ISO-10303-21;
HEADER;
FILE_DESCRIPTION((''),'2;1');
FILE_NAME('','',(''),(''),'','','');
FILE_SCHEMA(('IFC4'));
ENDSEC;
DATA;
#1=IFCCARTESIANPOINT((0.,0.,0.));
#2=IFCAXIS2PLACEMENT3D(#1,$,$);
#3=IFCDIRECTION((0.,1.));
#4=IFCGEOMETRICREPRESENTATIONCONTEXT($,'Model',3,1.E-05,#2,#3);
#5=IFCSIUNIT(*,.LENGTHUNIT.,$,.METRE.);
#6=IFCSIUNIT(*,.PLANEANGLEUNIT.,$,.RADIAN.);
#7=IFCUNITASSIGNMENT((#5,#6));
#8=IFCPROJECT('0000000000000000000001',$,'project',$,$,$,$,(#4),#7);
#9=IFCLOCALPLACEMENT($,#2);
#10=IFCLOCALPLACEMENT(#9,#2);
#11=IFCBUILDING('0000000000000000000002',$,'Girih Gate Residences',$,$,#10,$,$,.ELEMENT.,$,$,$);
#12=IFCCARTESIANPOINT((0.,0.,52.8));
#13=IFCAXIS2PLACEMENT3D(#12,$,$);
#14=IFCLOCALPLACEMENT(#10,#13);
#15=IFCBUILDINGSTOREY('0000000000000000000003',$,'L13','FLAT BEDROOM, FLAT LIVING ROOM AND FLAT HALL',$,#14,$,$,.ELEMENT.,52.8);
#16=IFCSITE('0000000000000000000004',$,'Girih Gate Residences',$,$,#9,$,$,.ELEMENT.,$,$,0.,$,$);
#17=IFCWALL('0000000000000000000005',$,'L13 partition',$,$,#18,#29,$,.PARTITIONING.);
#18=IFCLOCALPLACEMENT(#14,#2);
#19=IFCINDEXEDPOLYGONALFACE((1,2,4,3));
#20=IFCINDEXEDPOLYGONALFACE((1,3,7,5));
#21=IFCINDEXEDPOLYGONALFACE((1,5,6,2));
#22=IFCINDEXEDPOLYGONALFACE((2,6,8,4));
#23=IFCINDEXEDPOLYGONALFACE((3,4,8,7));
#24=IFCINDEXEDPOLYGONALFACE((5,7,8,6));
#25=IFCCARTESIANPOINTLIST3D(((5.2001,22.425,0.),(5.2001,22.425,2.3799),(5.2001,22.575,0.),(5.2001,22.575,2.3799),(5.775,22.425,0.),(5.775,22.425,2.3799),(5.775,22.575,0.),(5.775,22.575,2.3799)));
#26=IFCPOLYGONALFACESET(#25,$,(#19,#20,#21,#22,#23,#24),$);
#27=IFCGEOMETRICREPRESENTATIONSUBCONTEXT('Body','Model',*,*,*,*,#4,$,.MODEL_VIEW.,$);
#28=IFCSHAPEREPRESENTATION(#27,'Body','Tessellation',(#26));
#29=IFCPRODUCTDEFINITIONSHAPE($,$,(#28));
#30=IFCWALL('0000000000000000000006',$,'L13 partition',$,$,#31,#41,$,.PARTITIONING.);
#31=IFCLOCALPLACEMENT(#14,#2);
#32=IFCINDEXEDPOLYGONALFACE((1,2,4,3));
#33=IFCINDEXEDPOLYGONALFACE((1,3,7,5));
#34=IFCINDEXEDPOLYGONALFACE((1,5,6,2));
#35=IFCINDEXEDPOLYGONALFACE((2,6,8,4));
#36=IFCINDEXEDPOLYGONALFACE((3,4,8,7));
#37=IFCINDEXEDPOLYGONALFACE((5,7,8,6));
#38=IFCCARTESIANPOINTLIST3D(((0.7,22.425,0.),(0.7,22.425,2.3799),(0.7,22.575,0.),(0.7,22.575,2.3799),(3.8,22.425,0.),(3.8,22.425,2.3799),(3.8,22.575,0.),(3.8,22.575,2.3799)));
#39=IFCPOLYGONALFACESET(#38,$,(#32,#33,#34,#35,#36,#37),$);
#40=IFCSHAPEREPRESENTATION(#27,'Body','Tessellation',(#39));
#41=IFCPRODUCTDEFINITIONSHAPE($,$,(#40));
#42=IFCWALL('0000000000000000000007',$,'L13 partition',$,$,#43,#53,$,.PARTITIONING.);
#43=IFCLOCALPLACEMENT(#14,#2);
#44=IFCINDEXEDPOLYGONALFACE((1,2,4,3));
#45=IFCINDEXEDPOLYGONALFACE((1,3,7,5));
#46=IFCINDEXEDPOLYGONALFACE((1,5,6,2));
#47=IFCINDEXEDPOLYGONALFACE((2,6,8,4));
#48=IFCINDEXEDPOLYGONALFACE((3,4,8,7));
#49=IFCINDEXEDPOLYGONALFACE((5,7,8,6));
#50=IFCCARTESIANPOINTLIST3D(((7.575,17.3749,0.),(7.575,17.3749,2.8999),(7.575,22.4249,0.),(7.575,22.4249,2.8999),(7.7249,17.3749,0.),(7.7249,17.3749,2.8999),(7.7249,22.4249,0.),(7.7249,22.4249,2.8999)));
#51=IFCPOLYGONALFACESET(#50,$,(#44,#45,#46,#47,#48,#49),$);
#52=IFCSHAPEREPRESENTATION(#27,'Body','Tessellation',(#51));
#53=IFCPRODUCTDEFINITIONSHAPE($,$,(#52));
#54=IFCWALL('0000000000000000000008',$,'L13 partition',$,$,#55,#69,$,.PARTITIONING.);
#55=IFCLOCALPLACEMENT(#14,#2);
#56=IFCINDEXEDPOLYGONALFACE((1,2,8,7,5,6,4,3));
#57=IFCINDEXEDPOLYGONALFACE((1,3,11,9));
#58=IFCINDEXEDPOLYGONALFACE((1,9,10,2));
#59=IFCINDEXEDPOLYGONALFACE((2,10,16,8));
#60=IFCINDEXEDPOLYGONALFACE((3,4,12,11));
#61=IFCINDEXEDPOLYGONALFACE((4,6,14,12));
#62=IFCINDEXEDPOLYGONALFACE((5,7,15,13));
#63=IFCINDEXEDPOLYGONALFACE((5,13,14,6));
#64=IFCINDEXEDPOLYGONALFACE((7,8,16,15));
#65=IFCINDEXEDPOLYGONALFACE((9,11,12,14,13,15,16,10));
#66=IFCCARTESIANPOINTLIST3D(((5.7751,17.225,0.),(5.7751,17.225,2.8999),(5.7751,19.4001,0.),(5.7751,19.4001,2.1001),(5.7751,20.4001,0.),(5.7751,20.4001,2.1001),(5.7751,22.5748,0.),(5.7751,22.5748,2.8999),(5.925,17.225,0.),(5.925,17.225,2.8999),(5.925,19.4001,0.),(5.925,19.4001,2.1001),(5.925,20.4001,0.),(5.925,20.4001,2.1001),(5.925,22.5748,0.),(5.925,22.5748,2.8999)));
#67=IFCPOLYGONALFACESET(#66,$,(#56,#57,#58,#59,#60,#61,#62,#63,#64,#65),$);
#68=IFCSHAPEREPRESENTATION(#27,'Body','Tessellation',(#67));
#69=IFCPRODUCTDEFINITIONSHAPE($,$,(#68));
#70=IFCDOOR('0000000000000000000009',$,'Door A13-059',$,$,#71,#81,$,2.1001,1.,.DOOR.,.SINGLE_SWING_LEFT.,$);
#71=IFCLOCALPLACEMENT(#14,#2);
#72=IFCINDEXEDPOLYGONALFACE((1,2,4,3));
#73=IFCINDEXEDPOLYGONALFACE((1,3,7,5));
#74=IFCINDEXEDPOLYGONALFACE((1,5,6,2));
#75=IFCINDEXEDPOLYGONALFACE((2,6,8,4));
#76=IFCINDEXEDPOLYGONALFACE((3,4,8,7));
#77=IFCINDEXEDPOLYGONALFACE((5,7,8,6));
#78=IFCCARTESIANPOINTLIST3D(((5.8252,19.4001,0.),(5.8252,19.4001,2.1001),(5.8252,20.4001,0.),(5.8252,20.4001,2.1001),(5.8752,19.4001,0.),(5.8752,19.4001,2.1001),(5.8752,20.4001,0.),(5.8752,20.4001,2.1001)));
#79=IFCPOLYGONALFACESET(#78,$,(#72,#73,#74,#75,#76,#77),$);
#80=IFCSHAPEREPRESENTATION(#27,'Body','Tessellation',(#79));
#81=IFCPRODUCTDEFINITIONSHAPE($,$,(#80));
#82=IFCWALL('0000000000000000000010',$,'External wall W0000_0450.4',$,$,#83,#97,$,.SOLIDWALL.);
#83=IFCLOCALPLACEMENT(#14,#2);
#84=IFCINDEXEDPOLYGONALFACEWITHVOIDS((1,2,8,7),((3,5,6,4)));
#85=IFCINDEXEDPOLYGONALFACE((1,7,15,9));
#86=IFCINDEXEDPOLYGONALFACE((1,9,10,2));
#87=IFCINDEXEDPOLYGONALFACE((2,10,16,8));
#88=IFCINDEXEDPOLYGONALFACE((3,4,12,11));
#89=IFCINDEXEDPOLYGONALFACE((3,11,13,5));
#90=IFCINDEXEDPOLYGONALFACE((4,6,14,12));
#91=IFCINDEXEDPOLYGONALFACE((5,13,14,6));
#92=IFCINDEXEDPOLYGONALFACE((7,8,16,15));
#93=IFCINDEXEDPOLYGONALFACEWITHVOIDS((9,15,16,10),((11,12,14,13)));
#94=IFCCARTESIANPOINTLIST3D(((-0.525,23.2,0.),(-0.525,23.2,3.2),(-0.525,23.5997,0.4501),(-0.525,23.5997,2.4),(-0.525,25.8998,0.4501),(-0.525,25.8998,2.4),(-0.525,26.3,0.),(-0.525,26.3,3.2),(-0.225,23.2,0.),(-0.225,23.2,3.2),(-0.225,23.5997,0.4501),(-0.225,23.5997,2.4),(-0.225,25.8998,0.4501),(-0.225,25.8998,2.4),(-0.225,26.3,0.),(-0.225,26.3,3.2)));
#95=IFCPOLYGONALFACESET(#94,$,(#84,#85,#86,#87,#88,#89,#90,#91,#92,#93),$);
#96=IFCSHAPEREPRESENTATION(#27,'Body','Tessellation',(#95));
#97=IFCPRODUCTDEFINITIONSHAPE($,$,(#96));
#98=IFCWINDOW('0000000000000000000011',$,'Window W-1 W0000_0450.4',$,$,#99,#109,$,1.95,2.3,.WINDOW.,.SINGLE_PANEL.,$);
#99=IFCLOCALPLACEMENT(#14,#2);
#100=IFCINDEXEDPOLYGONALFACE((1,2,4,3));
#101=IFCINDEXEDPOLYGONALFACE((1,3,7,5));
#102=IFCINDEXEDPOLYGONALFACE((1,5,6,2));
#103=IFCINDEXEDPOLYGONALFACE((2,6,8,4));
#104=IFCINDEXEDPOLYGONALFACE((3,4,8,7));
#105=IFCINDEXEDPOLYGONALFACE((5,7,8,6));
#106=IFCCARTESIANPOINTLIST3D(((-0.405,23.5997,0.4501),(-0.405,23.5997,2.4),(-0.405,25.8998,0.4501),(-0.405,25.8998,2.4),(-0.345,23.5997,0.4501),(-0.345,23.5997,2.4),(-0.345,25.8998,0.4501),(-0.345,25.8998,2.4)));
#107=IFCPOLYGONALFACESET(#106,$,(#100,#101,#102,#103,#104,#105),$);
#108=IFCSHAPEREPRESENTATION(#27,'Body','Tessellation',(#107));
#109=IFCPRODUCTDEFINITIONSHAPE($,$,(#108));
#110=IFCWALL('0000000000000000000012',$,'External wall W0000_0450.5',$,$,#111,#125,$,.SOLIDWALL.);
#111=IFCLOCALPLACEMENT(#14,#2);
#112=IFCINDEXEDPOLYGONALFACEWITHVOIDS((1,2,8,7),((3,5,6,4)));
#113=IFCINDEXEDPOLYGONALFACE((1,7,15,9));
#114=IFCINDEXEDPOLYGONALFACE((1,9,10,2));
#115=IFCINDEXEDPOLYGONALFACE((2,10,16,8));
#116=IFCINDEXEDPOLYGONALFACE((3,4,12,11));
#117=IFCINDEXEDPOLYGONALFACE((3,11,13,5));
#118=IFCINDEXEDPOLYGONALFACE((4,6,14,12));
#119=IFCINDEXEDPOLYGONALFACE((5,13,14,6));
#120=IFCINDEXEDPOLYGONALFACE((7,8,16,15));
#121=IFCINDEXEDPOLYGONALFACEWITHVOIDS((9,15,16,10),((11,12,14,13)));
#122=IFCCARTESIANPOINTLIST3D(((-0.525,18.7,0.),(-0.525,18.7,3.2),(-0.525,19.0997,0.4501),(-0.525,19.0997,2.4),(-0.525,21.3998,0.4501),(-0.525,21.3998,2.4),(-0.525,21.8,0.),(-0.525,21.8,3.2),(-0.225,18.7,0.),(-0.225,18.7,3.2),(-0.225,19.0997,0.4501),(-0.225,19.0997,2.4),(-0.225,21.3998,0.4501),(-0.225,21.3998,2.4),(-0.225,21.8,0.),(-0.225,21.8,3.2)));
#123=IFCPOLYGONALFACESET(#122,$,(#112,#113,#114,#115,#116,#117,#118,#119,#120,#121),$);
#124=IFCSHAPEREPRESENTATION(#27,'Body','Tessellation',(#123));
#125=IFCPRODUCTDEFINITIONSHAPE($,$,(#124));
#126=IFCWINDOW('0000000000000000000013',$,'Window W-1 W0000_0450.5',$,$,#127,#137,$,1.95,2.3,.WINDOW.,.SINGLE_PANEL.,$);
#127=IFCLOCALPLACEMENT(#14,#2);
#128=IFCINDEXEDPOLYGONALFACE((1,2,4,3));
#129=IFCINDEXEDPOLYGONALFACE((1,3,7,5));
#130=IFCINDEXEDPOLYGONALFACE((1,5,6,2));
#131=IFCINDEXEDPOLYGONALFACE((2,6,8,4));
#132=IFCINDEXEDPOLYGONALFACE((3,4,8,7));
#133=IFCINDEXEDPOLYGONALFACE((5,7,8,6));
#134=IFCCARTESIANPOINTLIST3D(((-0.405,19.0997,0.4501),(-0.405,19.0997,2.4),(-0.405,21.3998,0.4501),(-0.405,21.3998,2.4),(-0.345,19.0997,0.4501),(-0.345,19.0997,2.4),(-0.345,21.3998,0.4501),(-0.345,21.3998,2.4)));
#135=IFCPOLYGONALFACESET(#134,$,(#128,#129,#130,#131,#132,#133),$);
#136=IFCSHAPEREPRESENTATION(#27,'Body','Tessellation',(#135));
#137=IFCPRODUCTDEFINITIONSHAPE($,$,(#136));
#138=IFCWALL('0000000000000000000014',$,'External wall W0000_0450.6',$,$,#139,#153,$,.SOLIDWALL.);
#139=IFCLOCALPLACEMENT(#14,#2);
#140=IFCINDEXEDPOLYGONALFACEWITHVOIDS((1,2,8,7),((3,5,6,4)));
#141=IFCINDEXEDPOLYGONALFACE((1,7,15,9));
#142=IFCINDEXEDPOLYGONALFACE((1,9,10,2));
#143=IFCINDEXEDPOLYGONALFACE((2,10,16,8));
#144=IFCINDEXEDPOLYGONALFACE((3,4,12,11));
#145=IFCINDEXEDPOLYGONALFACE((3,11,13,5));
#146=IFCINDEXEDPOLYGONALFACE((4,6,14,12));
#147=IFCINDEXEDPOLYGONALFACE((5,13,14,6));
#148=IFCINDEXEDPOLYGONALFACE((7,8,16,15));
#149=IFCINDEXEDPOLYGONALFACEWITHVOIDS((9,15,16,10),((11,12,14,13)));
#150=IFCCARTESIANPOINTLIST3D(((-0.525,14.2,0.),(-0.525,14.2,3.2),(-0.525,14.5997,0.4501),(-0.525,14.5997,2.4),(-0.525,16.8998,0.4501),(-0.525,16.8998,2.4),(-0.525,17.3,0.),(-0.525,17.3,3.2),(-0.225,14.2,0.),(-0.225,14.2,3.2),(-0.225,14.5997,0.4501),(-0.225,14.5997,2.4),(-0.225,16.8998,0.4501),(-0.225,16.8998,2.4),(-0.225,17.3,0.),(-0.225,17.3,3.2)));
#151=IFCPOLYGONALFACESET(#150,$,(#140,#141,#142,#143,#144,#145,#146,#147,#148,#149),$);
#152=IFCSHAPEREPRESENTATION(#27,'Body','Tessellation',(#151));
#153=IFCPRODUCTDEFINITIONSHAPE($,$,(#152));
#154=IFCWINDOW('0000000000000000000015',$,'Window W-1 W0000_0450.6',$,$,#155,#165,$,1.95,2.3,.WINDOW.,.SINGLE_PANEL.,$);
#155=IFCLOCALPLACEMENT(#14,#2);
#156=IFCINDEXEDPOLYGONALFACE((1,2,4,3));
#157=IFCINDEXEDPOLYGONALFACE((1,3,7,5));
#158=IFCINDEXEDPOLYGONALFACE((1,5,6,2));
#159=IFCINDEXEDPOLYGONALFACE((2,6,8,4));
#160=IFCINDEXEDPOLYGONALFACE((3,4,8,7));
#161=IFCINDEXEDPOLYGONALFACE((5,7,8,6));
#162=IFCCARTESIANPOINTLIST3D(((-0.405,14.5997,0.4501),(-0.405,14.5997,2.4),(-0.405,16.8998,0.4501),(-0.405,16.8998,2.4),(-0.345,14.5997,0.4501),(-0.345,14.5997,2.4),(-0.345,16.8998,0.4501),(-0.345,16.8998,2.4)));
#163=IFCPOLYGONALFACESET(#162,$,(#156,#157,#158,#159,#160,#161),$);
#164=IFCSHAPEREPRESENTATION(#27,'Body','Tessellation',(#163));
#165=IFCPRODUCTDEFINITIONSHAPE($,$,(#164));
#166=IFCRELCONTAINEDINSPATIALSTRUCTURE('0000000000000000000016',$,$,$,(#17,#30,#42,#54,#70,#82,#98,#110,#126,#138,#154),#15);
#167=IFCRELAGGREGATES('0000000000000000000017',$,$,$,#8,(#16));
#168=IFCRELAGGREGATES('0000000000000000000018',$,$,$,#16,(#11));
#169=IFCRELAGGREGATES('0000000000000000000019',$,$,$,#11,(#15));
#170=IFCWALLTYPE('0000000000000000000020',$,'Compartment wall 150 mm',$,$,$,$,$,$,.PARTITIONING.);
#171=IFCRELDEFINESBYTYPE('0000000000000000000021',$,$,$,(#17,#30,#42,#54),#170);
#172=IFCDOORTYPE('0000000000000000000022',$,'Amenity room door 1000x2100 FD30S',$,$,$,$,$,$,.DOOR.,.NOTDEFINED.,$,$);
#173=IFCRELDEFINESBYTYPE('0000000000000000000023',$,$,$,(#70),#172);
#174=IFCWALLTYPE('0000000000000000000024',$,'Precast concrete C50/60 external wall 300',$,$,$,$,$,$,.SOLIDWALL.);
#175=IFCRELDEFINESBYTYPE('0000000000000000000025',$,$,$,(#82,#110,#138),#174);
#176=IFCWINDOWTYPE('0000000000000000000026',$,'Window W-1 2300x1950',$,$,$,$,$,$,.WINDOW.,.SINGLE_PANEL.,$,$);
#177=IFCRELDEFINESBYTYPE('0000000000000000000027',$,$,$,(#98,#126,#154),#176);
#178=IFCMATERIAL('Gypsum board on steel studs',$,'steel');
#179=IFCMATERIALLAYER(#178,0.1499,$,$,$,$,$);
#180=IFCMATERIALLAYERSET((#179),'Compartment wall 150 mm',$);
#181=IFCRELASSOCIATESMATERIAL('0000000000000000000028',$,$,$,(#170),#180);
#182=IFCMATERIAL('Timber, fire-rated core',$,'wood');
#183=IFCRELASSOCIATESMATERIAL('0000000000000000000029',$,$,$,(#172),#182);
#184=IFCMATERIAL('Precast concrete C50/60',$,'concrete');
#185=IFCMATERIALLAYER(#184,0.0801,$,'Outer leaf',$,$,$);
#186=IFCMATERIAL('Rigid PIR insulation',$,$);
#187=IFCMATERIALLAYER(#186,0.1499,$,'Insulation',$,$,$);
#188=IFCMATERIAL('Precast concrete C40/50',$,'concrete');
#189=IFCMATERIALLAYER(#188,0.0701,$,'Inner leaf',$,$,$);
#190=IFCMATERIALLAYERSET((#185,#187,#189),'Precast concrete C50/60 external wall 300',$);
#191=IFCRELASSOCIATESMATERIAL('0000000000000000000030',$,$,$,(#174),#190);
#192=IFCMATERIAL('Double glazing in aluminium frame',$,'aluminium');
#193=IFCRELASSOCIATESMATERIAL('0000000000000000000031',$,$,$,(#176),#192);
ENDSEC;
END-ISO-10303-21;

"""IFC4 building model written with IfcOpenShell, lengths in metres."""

from ifc_helpers import new_model, si_unit, direction, frame, frame_2d, origin, place, context, subcontext, project, spatial, rectangle, extrude, material, layer, layer_set, type_object, element, fill, save


model = new_model("IFC4")

# Units and contexts
model_context = context("Model", 3, precision=1e-05, world=origin(), true_north=direction((0.0, 1.0)))
body_context = subcontext(model_context, "Body", "Model", "MODEL_VIEW")
ifc_project = project(units=[si_unit("LENGTHUNIT", "METRE"), si_unit("PLANEANGLEUNIT", "RADIAN")], contexts=[model_context])

# Site, building, storey
site_placement = place(None, origin())
site = spatial("IfcSite", under=ifc_project, at=site_placement, Name="Girih Gate Residences", CompositionType="ELEMENT", RefElevation=0.0)
building_placement = place(site_placement, origin())
building = spatial("IfcBuilding", under=site, at=building_placement, Name="Girih Gate Residences", CompositionType="ELEMENT")
storey_placement = place(building_placement, frame((0.0, 0.0, 52.8)))
storey = spatial("IfcBuildingStorey", under=building, at=storey_placement, Name="L13", Description="FLAT BEDROOM, FLAT LIVING ROOM AND FLAT HALL", CompositionType="ELEMENT", Elevation=52.8)

# Shared definitions
ifc_material_1 = material(Name="Gypsum board on steel studs", Category="steel")
ifc_layer_1 = layer(ifc_material_1, 0.1499)
ifc_layer_set_1 = layer_set([ifc_layer_1], Name="Compartment wall 150 mm")
wall_type_1 = type_object("IfcWallType", Name="Compartment wall 150 mm", PredefinedType="PARTITIONING", material=ifc_layer_set_1)

# Walls
wall_1_placement = place(storey_placement, frame((5.2, 22.5, 0.0), z_axis=(0.0, 0.0, 1.0), x_axis=(1.0, 0.0, 0.0)))
element("IfcWall", 1, at=wall_1_placement, inside=storey, type_object=wall_type_1, Name="L13 partition", PredefinedType="PARTITIONING", context=body_context, shape_type="SweptSolid", body=[
    extrude(rectangle(XDim=0.575, YDim=0.1499, at=frame_2d((0.2876, 0.0))), origin(), (0.0, 0.0, 1.0), 2.3799),
])
wall_2_placement = place(storey_placement, frame((0.7, 22.5, 0.0), z_axis=(0.0, 0.0, 1.0), x_axis=(1.0, 0.0, 0.0)))
element("IfcWall", 2, at=wall_2_placement, inside=storey, type_object=wall_type_1, Name="L13 partition", PredefinedType="PARTITIONING", context=body_context, shape_type="SweptSolid", body=[
    extrude(rectangle(XDim=3.1001, YDim=0.1499, at=frame_2d((1.55, 0.0))), origin(), (0.0, 0.0, 1.0), 2.3799),
])
wall_3_placement = place(storey_placement, frame((7.6499, 17.375, 0.0), z_axis=(0.0, 0.0, 1.0), x_axis=(0.0, 1.0, 0.0)))
element("IfcWall", 3, at=wall_3_placement, inside=storey, type_object=wall_type_1, Name="L13 partition", PredefinedType="PARTITIONING", context=body_context, shape_type="SweptSolid", body=[
    extrude(rectangle(XDim=5.05, YDim=0.1499, at=frame_2d((2.5249, 0.0))), origin(), (0.0, 0.0, 1.0), 2.8999),
])

# Wall, opening, door
wall_4_placement = place(storey_placement, frame((5.8501, 17.2251, 0.0), z_axis=(0.0, 0.0, 1.0), x_axis=(0.0, 1.0, 0.0)))
wall_4 = element("IfcWall", 4, at=wall_4_placement, inside=storey, type_object=wall_type_1, Name="L13 partition", PredefinedType="PARTITIONING", context=body_context, shape_type="SweptSolid", body=[
    extrude(rectangle(XDim=5.3499, YDim=0.1499, at=frame_2d((2.6748, 0.0))), origin(), (0.0, 0.0, 1.0), 2.8999),
])
opening_1_placement = place(wall_4_placement, frame((2.175, 0.0, 0.0)))
opening_1 = element("IfcOpeningElement", 5, at=opening_1_placement, cuts=wall_4, PredefinedType="OPENING", context=body_context, shape_type="SweptSolid", body=[
    extrude(rectangle(XDim=1.0, YDim=2.1001, at=frame_2d((0.5, 1.05))), frame((0.0, 0.085, 0.0), z_axis=(0.0, -1.0, 0.0), x_axis=(1.0, 0.0, 0.0)), (0.0, 0.0, 1.0), 0.1699),
])
ifc_material_2 = material(Name="Timber, fire-rated core", Category="wood")
door_type_1 = type_object("IfcDoorType", Name="Amenity room door 1000x2100 FD30S", OperationType="NOTDEFINED", PredefinedType="DOOR", material=ifc_material_2)
door_1_placement = place(opening_1_placement, origin())
door_1 = element("IfcDoor", 6, at=door_1_placement, inside=storey, type_object=door_type_1, Name="Door A13-059", OperationType="SINGLE_SWING_LEFT", OverallHeight=2.1001, OverallWidth=1.0, PredefinedType="DOOR", context=body_context, shape_type="SweptSolid", body=[
    extrude(rectangle(XDim=1.0, YDim=2.1001, at=frame_2d((0.5, 1.05))), frame((0.0, 0.0249, 0.0), z_axis=(0.0, -1.0, 0.0), x_axis=(1.0, 0.0, 0.0)), (0.0, 0.0, 1.0), 0.05),
])
fill(opening_1, door_1)

# Walls, openings, windows
ifc_material_3 = material(Name="Precast concrete C50/60", Category="concrete")
ifc_layer_2 = layer(ifc_material_3, 0.0801, Name="Outer leaf")
ifc_material_4 = material(Name="Rigid PIR insulation")
ifc_layer_3 = layer(ifc_material_4, 0.1499, Name="Insulation")
ifc_material_5 = material(Name="Precast concrete C40/50", Category="concrete")
ifc_layer_4 = layer(ifc_material_5, 0.0701, Name="Inner leaf")
ifc_layer_set_2 = layer_set([ifc_layer_2, ifc_layer_3, ifc_layer_4], Name="Precast concrete C50/60 external wall 300")
wall_type_2 = type_object("IfcWallType", Name="Precast concrete C50/60 external wall 300", PredefinedType="SOLIDWALL", material=ifc_layer_set_2)
wall_5_placement = place(storey_placement, frame((-0.375, 23.2, 0.0), z_axis=(0.0, 0.0, 1.0), x_axis=(0.0, 1.0, 0.0)))
wall_5 = element("IfcWall", 7, at=wall_5_placement, inside=storey, type_object=wall_type_2, Name="External wall W0000_0450.4", PredefinedType="SOLIDWALL", context=body_context, shape_type="SweptSolid", body=[
    extrude(rectangle(XDim=3.1001, YDim=0.3, at=frame_2d((1.55, 0.0))), origin(), (0.0, 0.0, 1.0), 3.2),
])
opening_2_placement = place(wall_5_placement, frame((0.3999, 0.0, 0.45)))
opening_2 = element("IfcOpeningElement", 8, at=opening_2_placement, cuts=wall_5, PredefinedType="OPENING", context=body_context, shape_type="SweptSolid", body=[
    extrude(rectangle(XDim=2.3, YDim=1.95, at=frame_2d((1.1499, 0.9751))), frame((0.0, 0.1599, 0.0), z_axis=(0.0, -1.0, 0.0), x_axis=(1.0, 0.0, 0.0)), (0.0, 0.0, 1.0), 0.3201),
])
ifc_material_6 = material(Name="Double glazing in aluminium frame", Category="aluminium")
window_type = type_object("IfcWindowType", Name="Window W-1 2300x1950", PartitioningType="SINGLE_PANEL", PredefinedType="WINDOW", material=ifc_material_6)
window_1_placement = place(opening_2_placement, origin())
window_1 = element("IfcWindow", 9, at=window_1_placement, inside=storey, type_object=window_type, Name="Window W-1 W0000_0450.4", OverallHeight=1.95, OverallWidth=2.3, PartitioningType="SINGLE_PANEL", PredefinedType="WINDOW", context=body_context, shape_type="SweptSolid", body=[
    extrude(rectangle(XDim=2.3, YDim=1.95, at=frame_2d((1.1499, 0.9751))), frame((0.0, 0.03, 0.0), z_axis=(0.0, -1.0, 0.0), x_axis=(1.0, 0.0, 0.0)), (0.0, 0.0, 1.0), 0.0601),
])
fill(opening_2, window_1)
wall_6_placement = place(storey_placement, frame((-0.375, 18.7, 0.0), z_axis=(0.0, 0.0, 1.0), x_axis=(0.0, 1.0, 0.0)))
wall_6 = element("IfcWall", 10, at=wall_6_placement, inside=storey, type_object=wall_type_2, Name="External wall W0000_0450.5", PredefinedType="SOLIDWALL", context=body_context, shape_type="SweptSolid", body=[
    extrude(rectangle(XDim=3.1001, YDim=0.3, at=frame_2d((1.55, 0.0))), origin(), (0.0, 0.0, 1.0), 3.2),
])
opening_3_placement = place(wall_6_placement, frame((0.3999, 0.0, 0.45)))
opening_3 = element("IfcOpeningElement", 11, at=opening_3_placement, cuts=wall_6, PredefinedType="OPENING", context=body_context, shape_type="SweptSolid", body=[
    extrude(rectangle(XDim=2.3, YDim=1.95, at=frame_2d((1.1499, 0.9751))), frame((0.0, 0.1599, 0.0), z_axis=(0.0, -1.0, 0.0), x_axis=(1.0, 0.0, 0.0)), (0.0, 0.0, 1.0), 0.3201),
])
window_2_placement = place(opening_3_placement, origin())
window_2 = element("IfcWindow", 12, at=window_2_placement, inside=storey, type_object=window_type, Name="Window W-1 W0000_0450.5", OverallHeight=1.95, OverallWidth=2.3, PartitioningType="SINGLE_PANEL", PredefinedType="WINDOW", context=body_context, shape_type="SweptSolid", body=[
    extrude(rectangle(XDim=2.3, YDim=1.95, at=frame_2d((1.1499, 0.9751))), frame((0.0, 0.03, 0.0), z_axis=(0.0, -1.0, 0.0), x_axis=(1.0, 0.0, 0.0)), (0.0, 0.0, 1.0), 0.0601),
])
fill(opening_3, window_2)
wall_7_placement = place(storey_placement, frame((-0.375, 14.2, 0.0), z_axis=(0.0, 0.0, 1.0), x_axis=(0.0, 1.0, 0.0)))
wall_7 = element("IfcWall", 13, at=wall_7_placement, inside=storey, type_object=wall_type_2, Name="External wall W0000_0450.6", PredefinedType="SOLIDWALL", context=body_context, shape_type="SweptSolid", body=[
    extrude(rectangle(XDim=3.1001, YDim=0.3, at=frame_2d((1.55, 0.0))), origin(), (0.0, 0.0, 1.0), 3.2),
])
opening_4_placement = place(wall_7_placement, frame((0.3999, 0.0, 0.45)))
opening_4 = element("IfcOpeningElement", 14, at=opening_4_placement, cuts=wall_7, PredefinedType="OPENING", context=body_context, shape_type="SweptSolid", body=[
    extrude(rectangle(XDim=2.3, YDim=1.95, at=frame_2d((1.1499, 0.9751))), frame((0.0, 0.1599, 0.0), z_axis=(0.0, -1.0, 0.0), x_axis=(1.0, 0.0, 0.0)), (0.0, 0.0, 1.0), 0.3201),
])
window_3_placement = place(opening_4_placement, origin())
window_3 = element("IfcWindow", 15, at=window_3_placement, inside=storey, type_object=window_type, Name="Window W-1 W0000_0450.6", OverallHeight=1.95, OverallWidth=2.3, PartitioningType="SINGLE_PANEL", PredefinedType="WINDOW", context=body_context, shape_type="SweptSolid", body=[
    extrude(rectangle(XDim=2.3, YDim=1.95, at=frame_2d((1.1499, 0.9751))), frame((0.0, 0.03, 0.0), z_axis=(0.0, -1.0, 0.0), x_axis=(1.0, 0.0, 0.0)), (0.0, 0.0, 1.0), 0.0601),
])
fill(opening_4, window_3)

save(model, "model.ifc")
